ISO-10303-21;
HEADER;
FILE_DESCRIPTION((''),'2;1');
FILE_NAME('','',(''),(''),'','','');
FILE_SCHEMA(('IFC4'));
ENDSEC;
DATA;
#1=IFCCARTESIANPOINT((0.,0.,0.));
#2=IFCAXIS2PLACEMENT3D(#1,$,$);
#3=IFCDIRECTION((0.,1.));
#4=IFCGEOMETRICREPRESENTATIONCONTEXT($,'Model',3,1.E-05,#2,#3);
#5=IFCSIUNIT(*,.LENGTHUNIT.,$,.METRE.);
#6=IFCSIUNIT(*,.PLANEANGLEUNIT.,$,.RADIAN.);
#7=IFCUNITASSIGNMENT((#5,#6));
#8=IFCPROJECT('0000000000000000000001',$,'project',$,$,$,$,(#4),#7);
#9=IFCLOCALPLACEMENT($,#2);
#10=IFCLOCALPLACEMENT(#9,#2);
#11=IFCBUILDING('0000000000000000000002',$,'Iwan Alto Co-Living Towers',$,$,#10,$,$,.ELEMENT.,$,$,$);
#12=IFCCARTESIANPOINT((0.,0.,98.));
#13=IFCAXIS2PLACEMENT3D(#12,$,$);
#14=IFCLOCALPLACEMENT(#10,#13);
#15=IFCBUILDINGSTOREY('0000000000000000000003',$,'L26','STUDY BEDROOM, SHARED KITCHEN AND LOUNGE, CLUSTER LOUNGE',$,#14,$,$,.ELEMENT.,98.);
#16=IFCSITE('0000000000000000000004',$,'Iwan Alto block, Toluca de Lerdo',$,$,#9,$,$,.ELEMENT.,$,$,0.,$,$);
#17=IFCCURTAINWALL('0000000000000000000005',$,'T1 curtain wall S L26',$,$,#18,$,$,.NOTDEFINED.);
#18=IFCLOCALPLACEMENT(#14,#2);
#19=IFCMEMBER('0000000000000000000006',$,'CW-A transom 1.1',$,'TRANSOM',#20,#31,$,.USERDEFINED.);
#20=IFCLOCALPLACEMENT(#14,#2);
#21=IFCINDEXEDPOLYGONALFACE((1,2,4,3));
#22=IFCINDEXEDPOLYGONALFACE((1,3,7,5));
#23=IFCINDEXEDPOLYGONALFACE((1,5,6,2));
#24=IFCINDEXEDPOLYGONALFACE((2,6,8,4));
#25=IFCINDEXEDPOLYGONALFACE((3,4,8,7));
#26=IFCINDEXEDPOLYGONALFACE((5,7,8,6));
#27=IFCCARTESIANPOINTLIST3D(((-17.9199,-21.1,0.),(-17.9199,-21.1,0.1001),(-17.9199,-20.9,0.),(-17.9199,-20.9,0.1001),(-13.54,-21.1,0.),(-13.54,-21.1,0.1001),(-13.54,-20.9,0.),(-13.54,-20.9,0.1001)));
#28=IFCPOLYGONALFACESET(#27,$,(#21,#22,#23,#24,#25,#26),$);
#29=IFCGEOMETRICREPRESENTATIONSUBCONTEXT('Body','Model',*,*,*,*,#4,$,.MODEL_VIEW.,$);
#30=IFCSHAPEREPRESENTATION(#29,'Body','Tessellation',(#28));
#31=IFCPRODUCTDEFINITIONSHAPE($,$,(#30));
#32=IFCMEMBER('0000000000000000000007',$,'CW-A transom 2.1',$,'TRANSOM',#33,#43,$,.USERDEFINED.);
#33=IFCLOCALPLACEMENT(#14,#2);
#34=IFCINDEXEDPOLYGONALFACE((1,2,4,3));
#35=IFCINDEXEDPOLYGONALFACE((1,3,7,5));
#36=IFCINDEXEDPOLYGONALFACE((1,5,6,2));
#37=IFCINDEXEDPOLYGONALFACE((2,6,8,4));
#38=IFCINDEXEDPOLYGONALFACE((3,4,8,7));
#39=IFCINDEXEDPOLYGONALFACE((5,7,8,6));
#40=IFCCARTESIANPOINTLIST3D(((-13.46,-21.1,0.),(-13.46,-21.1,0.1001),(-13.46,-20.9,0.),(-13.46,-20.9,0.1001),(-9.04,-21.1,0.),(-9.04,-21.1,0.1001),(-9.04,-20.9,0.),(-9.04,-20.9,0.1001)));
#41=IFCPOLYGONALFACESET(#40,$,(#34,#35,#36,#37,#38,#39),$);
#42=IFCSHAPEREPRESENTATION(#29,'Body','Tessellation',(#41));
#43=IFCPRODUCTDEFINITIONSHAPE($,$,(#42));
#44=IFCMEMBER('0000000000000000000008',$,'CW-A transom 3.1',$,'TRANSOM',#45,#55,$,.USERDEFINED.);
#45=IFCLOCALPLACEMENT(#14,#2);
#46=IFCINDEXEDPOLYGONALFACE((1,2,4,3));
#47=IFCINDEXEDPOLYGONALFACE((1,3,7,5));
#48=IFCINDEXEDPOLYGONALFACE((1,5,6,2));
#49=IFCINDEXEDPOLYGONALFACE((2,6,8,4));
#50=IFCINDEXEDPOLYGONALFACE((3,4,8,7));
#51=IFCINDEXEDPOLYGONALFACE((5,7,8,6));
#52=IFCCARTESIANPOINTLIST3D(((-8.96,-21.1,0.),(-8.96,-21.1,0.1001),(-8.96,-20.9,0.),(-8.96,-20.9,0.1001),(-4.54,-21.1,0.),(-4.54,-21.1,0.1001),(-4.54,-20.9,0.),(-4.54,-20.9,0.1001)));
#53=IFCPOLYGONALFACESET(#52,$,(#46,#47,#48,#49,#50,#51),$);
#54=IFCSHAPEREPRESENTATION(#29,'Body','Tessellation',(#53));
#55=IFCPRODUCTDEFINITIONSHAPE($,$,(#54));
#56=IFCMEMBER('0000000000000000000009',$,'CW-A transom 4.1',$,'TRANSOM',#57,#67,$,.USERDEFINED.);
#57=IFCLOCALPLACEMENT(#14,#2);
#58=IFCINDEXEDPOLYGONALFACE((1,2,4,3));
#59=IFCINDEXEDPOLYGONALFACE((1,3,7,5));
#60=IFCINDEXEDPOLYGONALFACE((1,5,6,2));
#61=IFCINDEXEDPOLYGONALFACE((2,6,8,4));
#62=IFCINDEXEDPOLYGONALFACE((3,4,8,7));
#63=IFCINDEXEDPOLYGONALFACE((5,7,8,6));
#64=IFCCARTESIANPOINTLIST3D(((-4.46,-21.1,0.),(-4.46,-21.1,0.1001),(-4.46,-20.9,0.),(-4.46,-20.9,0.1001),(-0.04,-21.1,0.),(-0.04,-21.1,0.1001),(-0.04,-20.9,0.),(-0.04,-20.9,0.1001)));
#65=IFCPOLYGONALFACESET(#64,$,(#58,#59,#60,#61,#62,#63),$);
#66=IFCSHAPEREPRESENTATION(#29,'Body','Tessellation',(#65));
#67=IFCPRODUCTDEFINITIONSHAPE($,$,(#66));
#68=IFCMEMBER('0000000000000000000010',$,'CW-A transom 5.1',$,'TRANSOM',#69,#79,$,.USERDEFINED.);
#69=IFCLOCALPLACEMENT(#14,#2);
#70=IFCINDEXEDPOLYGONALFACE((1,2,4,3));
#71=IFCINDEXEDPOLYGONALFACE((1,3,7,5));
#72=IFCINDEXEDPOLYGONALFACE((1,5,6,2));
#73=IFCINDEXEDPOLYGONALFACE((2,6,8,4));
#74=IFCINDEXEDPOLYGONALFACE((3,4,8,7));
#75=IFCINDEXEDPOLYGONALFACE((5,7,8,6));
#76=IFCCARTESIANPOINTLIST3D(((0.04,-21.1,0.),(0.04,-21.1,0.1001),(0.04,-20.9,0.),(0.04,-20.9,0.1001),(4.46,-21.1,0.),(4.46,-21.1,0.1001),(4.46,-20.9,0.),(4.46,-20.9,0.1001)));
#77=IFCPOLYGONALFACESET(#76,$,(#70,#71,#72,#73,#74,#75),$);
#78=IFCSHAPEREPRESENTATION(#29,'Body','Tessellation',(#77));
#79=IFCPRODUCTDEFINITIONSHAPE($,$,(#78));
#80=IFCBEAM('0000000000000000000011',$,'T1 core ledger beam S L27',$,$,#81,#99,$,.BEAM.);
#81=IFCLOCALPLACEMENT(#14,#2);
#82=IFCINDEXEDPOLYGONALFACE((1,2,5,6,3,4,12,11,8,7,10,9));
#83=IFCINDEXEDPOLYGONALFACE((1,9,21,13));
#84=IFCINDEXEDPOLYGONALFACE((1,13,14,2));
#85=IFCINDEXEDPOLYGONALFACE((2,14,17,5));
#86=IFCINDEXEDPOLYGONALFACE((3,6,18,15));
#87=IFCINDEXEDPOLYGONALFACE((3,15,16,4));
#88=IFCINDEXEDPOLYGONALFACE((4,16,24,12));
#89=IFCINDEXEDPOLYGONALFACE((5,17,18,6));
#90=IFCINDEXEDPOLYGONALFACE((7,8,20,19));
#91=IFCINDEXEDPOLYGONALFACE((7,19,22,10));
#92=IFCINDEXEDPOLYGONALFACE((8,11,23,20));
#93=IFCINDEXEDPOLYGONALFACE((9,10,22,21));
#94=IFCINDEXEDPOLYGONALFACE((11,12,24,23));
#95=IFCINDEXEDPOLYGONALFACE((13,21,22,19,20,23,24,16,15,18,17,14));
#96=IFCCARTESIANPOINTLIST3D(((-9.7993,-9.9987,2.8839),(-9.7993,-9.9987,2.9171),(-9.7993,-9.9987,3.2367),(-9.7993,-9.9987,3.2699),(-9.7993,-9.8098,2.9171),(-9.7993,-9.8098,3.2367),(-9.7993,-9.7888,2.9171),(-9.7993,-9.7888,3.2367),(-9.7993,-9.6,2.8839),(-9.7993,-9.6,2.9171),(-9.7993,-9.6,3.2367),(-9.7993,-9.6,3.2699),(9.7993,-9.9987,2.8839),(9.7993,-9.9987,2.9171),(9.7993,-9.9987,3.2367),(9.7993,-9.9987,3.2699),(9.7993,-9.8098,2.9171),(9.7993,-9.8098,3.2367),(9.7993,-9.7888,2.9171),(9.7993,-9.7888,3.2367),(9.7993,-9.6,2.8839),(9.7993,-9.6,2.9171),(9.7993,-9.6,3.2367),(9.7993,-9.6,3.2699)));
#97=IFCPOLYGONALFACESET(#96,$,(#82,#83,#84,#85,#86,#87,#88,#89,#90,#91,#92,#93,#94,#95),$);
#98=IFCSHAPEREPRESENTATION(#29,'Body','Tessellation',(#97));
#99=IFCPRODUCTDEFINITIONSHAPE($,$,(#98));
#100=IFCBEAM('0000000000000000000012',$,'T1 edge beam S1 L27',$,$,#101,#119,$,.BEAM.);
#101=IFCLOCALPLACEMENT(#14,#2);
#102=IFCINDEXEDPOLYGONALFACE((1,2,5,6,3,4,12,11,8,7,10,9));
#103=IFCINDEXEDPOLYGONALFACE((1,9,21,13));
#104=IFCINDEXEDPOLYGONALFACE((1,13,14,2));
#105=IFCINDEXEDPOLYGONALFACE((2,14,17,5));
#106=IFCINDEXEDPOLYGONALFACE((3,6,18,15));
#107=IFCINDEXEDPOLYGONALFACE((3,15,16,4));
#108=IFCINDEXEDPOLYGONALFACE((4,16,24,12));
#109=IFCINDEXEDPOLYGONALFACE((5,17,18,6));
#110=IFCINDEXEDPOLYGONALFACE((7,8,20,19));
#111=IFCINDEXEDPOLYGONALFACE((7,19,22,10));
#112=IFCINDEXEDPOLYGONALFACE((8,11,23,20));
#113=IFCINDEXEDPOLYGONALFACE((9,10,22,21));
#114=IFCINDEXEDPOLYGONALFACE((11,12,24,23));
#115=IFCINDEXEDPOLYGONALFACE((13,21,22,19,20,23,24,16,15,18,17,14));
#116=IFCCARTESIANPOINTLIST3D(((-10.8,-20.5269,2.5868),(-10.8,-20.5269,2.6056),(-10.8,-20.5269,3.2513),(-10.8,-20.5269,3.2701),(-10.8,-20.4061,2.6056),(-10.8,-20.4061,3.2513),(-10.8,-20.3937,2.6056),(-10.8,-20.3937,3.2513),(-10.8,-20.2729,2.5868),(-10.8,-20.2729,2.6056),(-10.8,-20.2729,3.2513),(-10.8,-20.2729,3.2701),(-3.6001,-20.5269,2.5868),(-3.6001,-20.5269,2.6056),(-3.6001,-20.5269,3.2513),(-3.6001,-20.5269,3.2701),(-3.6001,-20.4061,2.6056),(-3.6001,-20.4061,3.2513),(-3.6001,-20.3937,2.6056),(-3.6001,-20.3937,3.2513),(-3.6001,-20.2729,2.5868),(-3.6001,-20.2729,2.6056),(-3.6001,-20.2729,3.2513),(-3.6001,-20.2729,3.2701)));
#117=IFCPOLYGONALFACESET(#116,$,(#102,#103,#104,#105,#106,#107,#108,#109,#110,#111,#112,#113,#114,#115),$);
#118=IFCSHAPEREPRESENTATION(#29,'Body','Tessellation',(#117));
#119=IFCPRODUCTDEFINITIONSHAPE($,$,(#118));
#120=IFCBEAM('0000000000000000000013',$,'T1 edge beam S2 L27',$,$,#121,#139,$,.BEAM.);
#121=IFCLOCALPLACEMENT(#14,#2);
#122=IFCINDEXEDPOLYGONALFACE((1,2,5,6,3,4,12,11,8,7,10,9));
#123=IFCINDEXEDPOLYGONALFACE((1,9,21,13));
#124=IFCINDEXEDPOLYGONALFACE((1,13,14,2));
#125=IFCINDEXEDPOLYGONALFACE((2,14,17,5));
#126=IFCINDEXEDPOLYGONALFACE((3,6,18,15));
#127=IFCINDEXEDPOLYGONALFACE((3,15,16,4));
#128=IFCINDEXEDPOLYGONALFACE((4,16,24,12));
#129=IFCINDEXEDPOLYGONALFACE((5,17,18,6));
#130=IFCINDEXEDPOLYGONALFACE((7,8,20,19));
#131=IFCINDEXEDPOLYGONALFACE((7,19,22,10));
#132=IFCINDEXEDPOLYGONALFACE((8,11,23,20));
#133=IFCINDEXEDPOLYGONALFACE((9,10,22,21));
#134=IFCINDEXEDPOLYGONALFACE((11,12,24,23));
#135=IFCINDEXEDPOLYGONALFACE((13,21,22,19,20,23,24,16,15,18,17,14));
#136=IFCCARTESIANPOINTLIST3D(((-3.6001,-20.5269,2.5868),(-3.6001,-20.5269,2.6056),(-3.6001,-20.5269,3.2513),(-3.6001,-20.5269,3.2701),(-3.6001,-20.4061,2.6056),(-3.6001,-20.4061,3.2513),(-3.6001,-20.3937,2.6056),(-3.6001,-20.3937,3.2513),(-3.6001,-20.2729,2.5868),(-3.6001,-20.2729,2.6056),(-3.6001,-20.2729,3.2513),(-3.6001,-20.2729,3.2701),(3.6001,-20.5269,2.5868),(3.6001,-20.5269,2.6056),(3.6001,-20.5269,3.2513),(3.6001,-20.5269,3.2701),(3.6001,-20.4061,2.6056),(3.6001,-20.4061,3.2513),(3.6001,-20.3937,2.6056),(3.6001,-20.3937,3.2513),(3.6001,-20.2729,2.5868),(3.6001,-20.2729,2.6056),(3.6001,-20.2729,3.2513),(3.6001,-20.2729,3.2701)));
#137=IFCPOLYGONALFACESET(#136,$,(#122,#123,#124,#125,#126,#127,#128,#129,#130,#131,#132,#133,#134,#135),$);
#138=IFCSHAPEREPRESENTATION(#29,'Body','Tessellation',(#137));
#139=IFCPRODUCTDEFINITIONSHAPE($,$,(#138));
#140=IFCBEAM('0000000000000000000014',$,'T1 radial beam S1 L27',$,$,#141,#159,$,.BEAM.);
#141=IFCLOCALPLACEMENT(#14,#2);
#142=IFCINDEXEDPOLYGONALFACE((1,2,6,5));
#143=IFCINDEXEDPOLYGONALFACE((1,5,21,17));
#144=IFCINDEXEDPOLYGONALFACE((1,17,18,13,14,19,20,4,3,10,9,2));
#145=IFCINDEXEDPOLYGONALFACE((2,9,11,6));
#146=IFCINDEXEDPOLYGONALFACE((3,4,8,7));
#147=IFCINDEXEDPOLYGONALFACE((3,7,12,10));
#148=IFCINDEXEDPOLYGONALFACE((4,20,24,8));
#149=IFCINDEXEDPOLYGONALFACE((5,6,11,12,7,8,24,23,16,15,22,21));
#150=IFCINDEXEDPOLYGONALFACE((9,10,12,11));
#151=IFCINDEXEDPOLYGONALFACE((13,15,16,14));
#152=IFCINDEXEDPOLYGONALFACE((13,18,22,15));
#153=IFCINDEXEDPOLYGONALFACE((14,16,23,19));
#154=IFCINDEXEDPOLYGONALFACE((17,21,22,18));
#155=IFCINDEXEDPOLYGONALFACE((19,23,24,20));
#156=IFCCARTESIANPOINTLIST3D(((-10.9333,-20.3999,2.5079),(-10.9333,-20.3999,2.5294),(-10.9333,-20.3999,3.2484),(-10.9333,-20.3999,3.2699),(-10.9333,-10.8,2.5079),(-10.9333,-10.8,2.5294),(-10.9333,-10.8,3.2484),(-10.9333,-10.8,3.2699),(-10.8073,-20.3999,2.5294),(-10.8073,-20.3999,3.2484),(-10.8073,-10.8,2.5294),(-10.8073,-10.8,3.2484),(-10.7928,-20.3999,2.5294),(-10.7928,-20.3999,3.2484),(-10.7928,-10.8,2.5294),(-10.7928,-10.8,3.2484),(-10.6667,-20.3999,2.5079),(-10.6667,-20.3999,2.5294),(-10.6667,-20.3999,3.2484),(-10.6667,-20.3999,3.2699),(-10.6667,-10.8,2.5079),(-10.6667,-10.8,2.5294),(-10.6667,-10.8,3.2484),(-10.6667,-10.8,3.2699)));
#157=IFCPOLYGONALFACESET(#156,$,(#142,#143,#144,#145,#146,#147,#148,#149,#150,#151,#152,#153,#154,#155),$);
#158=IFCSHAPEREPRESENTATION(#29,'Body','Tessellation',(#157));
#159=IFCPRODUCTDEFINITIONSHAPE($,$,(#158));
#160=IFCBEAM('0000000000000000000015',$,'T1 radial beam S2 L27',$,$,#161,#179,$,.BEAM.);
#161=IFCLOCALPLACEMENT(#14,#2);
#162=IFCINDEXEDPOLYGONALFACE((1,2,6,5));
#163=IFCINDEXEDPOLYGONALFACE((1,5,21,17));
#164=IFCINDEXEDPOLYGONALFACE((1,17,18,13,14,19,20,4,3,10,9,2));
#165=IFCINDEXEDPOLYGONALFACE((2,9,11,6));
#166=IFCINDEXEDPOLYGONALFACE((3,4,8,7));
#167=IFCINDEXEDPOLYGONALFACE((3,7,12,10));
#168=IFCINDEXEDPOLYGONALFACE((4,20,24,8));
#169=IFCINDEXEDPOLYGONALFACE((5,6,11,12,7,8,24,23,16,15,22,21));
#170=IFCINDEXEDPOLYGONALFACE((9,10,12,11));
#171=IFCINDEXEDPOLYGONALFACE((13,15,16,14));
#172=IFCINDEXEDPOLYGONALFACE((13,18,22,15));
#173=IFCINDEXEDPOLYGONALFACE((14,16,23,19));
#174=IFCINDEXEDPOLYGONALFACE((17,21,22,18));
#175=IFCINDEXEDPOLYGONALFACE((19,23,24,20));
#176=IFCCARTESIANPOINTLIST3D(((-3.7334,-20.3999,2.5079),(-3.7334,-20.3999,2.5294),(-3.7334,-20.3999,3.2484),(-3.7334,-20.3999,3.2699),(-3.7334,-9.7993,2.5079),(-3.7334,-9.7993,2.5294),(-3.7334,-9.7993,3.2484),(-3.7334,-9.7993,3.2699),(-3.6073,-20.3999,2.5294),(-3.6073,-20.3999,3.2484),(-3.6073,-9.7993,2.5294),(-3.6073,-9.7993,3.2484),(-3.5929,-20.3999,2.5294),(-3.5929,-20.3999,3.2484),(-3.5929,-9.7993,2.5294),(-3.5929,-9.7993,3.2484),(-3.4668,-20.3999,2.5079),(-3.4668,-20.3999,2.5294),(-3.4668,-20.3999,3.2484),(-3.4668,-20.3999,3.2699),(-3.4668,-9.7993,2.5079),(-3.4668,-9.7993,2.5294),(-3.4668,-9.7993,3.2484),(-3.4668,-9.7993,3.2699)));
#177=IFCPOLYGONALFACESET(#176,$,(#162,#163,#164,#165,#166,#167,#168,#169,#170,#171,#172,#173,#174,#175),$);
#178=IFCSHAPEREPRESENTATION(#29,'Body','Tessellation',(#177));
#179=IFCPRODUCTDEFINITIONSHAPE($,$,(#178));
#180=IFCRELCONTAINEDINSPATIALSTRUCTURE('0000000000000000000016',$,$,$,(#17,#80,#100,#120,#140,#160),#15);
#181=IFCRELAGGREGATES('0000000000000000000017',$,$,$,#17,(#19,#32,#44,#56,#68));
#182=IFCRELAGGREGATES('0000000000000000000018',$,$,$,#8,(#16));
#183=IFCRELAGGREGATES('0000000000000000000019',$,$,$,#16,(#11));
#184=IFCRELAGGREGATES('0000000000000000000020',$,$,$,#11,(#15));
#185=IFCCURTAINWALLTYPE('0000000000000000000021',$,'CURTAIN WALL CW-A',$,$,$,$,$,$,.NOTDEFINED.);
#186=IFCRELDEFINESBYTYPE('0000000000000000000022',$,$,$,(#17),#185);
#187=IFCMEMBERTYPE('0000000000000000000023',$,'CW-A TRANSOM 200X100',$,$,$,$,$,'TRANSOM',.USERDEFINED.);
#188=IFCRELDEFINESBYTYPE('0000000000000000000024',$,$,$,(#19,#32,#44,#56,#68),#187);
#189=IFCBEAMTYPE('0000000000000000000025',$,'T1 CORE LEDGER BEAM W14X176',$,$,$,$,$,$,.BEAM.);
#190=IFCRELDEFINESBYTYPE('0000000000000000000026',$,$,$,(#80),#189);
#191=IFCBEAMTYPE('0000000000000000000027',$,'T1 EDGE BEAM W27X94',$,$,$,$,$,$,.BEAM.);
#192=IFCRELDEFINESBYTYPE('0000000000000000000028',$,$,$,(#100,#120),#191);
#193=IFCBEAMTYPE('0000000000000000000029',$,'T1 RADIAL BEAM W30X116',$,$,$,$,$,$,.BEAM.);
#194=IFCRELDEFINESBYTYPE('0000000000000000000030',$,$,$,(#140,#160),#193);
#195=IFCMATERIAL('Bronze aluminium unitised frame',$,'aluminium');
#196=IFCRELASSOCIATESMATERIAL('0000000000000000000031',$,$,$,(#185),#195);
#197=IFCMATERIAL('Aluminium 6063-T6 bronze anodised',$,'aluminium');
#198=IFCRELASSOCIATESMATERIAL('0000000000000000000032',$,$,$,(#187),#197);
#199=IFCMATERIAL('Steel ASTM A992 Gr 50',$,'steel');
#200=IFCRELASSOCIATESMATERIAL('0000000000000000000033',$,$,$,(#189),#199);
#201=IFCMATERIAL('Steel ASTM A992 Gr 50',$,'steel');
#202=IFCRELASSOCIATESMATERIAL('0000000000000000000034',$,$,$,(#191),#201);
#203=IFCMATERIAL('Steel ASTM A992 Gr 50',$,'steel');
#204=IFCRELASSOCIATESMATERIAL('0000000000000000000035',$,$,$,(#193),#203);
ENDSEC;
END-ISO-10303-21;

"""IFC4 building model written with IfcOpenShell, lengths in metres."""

from ifc_helpers import new_model, si_unit, direction, frame, origin, origin_2d, place, context, subcontext, project, spatial, rectangle, i_section, extrude, material, material_profile, profile_set, type_object, element, aggregate, save


model = new_model("IFC4")

# Units and contexts
model_context = context("Model", 3, precision=1e-05, world=origin(), true_north=direction((0.0, 1.0)))
body_context = subcontext(model_context, "Body", "Model", "MODEL_VIEW")
ifc_project = project(units=[si_unit("LENGTHUNIT", "METRE"), si_unit("PLANEANGLEUNIT", "RADIAN")], contexts=[model_context])

# Site, building, storey
site_placement = place(None, origin())
site = spatial("IfcSite", under=ifc_project, at=site_placement, Name="Iwan Alto block, Toluca de Lerdo", CompositionType="ELEMENT", RefElevation=0.0)
building_placement = place(site_placement, origin())
building = spatial("IfcBuilding", under=site, at=building_placement, Name="Iwan Alto Co-Living Towers", CompositionType="ELEMENT")
storey_placement = place(building_placement, frame((0.0, 0.0, 98.0)))
storey = spatial("IfcBuildingStorey", under=building, at=storey_placement, Name="L26", Description="STUDY BEDROOM, SHARED KITCHEN AND LOUNGE, CLUSTER LOUNGE", CompositionType="ELEMENT", Elevation=98.0)

# Curtain wall, members
ifc_material_1 = material(Name="Bronze aluminium unitised frame", Category="aluminium")
curtain_wall_type_1 = type_object("IfcCurtainWallType", Name="CURTAIN WALL CW-A", PredefinedType="NOTDEFINED", material=ifc_material_1)
curtain_wall_1_placement = place(storey_placement, origin())
curtain_wall_1 = element("IfcCurtainWall", 1, at=curtain_wall_1_placement, inside=storey, type_object=curtain_wall_type_1, Name="T1 curtain wall S L26", PredefinedType="NOTDEFINED")
ifc_material_2 = material(Name="Aluminium 6063-T6 bronze anodised", Category="aluminium")
ifc_material_profile_1 = material_profile(ifc_material_2, rectangle(XDim=0.2, YDim=0.1001, at=origin_2d()), Name="AL 200X100")
ifc_profile_set_1 = profile_set([ifc_material_profile_1], Name="Aluminium 6063-T6 bronze anodised")
member_type = type_object("IfcMemberType", Name="CW-A TRANSOM 200X100", ElementType="TRANSOM", PredefinedType="USERDEFINED", material=ifc_profile_set_1)
member_1_placement = place(storey_placement, frame((-17.9199, -21.0, 0.05), z_axis=(1.0, 0.0, 0.0), x_axis=(0.0, 1.0, 0.0)))
member_1 = element("IfcMember", 2, at=member_1_placement, type_object=member_type, Name="CW-A transom 1.1", ObjectType="TRANSOM", PredefinedType="USERDEFINED", context=body_context, shape_type="SweptSolid", body=[
    extrude(rectangle(XDim=0.2, YDim=0.1001, at=origin_2d()), origin(), (0.0, 0.0, 1.0), 4.3799),
])
member_2_placement = place(storey_placement, frame((-13.46, -21.0, 0.05), z_axis=(1.0, 0.0, 0.0), x_axis=(0.0, 1.0, 0.0)))
member_2 = element("IfcMember", 3, at=member_2_placement, type_object=member_type, Name="CW-A transom 2.1", ObjectType="TRANSOM", PredefinedType="USERDEFINED", context=body_context, shape_type="SweptSolid", body=[
    extrude(rectangle(XDim=0.2, YDim=0.1001, at=origin_2d()), origin(), (0.0, 0.0, 1.0), 4.4199),
])
member_3_placement = place(storey_placement, frame((-8.96, -21.0, 0.05), z_axis=(1.0, 0.0, 0.0), x_axis=(0.0, 1.0, 0.0)))
member_3 = element("IfcMember", 4, at=member_3_placement, type_object=member_type, Name="CW-A transom 3.1", ObjectType="TRANSOM", PredefinedType="USERDEFINED", context=body_context, shape_type="SweptSolid", body=[
    extrude(rectangle(XDim=0.2, YDim=0.1001, at=origin_2d()), origin(), (0.0, 0.0, 1.0), 4.4199),
])
member_4_placement = place(storey_placement, frame((-4.46, -21.0, 0.05), z_axis=(1.0, 0.0, 0.0), x_axis=(0.0, 1.0, 0.0)))
member_4 = element("IfcMember", 5, at=member_4_placement, type_object=member_type, Name="CW-A transom 4.1", ObjectType="TRANSOM", PredefinedType="USERDEFINED", context=body_context, shape_type="SweptSolid", body=[
    extrude(rectangle(XDim=0.2, YDim=0.1001, at=origin_2d()), origin(), (0.0, 0.0, 1.0), 4.4199),
])
member_5_placement = place(storey_placement, frame((0.04, -21.0, 0.05), z_axis=(1.0, 0.0, 0.0), x_axis=(0.0, 1.0, 0.0)))
member_5 = element("IfcMember", 6, at=member_5_placement, type_object=member_type, Name="CW-A transom 5.1", ObjectType="TRANSOM", PredefinedType="USERDEFINED", context=body_context, shape_type="SweptSolid", body=[
    extrude(rectangle(XDim=0.2, YDim=0.1001, at=origin_2d()), origin(), (0.0, 0.0, 1.0), 4.4199),
])

# Beams
ifc_material_3 = material(Name="Steel ASTM A992 Gr 50", Category="steel")
ifc_material_profile_2 = material_profile(ifc_material_3, i_section(OverallWidth=0.3987, OverallDepth=0.386, WebThickness=0.021, FlangeThickness=0.0332, at=origin_2d()), Name="W14X176")
ifc_profile_set_2 = profile_set([ifc_material_profile_2], Name="Steel ASTM A992 Gr 50")
beam_type_1 = type_object("IfcBeamType", Name="T1 CORE LEDGER BEAM W14X176", PredefinedType="BEAM", material=ifc_profile_set_2)
beam_1_placement = place(storey_placement, frame((-9.7993, -9.7993, 3.0769), z_axis=(1.0, 0.0, 0.0), x_axis=(0.0, 1.0, 0.0)))
element("IfcBeam", 7, at=beam_1_placement, inside=storey, type_object=beam_type_1, Name="T1 core ledger beam S L27", PredefinedType="BEAM", context=body_context, shape_type="SweptSolid", body=[
    extrude(i_section(OverallWidth=0.3987, OverallDepth=0.386, WebThickness=0.021, FlangeThickness=0.0332, at=origin_2d()), origin(), (0.0, 0.0, 1.0), 19.5986),
])
ifc_material_4 = material(Name="Steel ASTM A992 Gr 50", Category="steel")
ifc_material_profile_3 = material_profile(ifc_material_4, i_section(OverallWidth=0.2539, OverallDepth=0.6833, WebThickness=0.0125, FlangeThickness=0.0188, at=origin_2d()), Name="W27X94")
ifc_profile_set_3 = profile_set([ifc_material_profile_3], Name="Steel ASTM A992 Gr 50")
beam_type_2 = type_object("IfcBeamType", Name="T1 EDGE BEAM W27X94", PredefinedType="BEAM", material=ifc_profile_set_3)
beam_2_placement = place(storey_placement, frame((-10.8, -20.3999, 2.9285), z_axis=(1.0, 0.0, 0.0), x_axis=(0.0, 1.0, 0.0)))
element("IfcBeam", 8, at=beam_2_placement, inside=storey, type_object=beam_type_2, Name="T1 edge beam S1 L27", PredefinedType="BEAM", context=body_context, shape_type="SweptSolid", body=[
    extrude(i_section(OverallWidth=0.2539, OverallDepth=0.6833, WebThickness=0.0125, FlangeThickness=0.0188, at=origin_2d()), origin(), (0.0, 0.0, 1.0), 7.2),
])
beam_3_placement = place(storey_placement, frame((-3.6001, -20.3999, 2.9285), z_axis=(1.0, 0.0, 0.0), x_axis=(0.0, 1.0, 0.0)))
element("IfcBeam", 9, at=beam_3_placement, inside=storey, type_object=beam_type_2, Name="T1 edge beam S2 L27", PredefinedType="BEAM", context=body_context, shape_type="SweptSolid", body=[
    extrude(i_section(OverallWidth=0.2539, OverallDepth=0.6833, WebThickness=0.0125, FlangeThickness=0.0188, at=origin_2d()), origin(), (0.0, 0.0, 1.0), 7.2002),
])
ifc_material_5 = material(Name="Steel ASTM A992 Gr 50", Category="steel")
ifc_material_profile_4 = material_profile(ifc_material_5, i_section(OverallWidth=0.2666, OverallDepth=0.762, WebThickness=0.0144, FlangeThickness=0.0215, at=origin_2d()), Name="W30X116")
ifc_profile_set_4 = profile_set([ifc_material_profile_4], Name="Steel ASTM A992 Gr 50")
beam_type_3 = type_object("IfcBeamType", Name="T1 RADIAL BEAM W30X116", PredefinedType="BEAM", material=ifc_profile_set_4)
beam_4_placement = place(storey_placement, frame((-10.8, -20.3999, 2.8889), z_axis=(0.0, 1.0, 0.0), x_axis=(-1.0, 0.0, 0.0)))
element("IfcBeam", 10, at=beam_4_placement, inside=storey, type_object=beam_type_3, Name="T1 radial beam S1 L27", PredefinedType="BEAM", context=body_context, shape_type="SweptSolid", body=[
    extrude(i_section(OverallWidth=0.2666, OverallDepth=0.762, WebThickness=0.0144, FlangeThickness=0.0215, at=origin_2d()), origin(), (0.0, 0.0, 1.0), 9.5999),
])
beam_5_placement = place(storey_placement, frame((-3.6001, -20.3999, 2.8889), z_axis=(0.0, 1.0, 0.0), x_axis=(-1.0, 0.0, 0.0)))
element("IfcBeam", 11, at=beam_5_placement, inside=storey, type_object=beam_type_3, Name="T1 radial beam S2 L27", PredefinedType="BEAM", context=body_context, shape_type="SweptSolid", body=[
    extrude(i_section(OverallWidth=0.2666, OverallDepth=0.762, WebThickness=0.0144, FlangeThickness=0.0215, at=origin_2d()), origin(), (0.0, 0.0, 1.0), 10.6006),
])

aggregate(curtain_wall_1, [member_1, member_2, member_3, member_4, member_5])

save(model, "model.ifc")
